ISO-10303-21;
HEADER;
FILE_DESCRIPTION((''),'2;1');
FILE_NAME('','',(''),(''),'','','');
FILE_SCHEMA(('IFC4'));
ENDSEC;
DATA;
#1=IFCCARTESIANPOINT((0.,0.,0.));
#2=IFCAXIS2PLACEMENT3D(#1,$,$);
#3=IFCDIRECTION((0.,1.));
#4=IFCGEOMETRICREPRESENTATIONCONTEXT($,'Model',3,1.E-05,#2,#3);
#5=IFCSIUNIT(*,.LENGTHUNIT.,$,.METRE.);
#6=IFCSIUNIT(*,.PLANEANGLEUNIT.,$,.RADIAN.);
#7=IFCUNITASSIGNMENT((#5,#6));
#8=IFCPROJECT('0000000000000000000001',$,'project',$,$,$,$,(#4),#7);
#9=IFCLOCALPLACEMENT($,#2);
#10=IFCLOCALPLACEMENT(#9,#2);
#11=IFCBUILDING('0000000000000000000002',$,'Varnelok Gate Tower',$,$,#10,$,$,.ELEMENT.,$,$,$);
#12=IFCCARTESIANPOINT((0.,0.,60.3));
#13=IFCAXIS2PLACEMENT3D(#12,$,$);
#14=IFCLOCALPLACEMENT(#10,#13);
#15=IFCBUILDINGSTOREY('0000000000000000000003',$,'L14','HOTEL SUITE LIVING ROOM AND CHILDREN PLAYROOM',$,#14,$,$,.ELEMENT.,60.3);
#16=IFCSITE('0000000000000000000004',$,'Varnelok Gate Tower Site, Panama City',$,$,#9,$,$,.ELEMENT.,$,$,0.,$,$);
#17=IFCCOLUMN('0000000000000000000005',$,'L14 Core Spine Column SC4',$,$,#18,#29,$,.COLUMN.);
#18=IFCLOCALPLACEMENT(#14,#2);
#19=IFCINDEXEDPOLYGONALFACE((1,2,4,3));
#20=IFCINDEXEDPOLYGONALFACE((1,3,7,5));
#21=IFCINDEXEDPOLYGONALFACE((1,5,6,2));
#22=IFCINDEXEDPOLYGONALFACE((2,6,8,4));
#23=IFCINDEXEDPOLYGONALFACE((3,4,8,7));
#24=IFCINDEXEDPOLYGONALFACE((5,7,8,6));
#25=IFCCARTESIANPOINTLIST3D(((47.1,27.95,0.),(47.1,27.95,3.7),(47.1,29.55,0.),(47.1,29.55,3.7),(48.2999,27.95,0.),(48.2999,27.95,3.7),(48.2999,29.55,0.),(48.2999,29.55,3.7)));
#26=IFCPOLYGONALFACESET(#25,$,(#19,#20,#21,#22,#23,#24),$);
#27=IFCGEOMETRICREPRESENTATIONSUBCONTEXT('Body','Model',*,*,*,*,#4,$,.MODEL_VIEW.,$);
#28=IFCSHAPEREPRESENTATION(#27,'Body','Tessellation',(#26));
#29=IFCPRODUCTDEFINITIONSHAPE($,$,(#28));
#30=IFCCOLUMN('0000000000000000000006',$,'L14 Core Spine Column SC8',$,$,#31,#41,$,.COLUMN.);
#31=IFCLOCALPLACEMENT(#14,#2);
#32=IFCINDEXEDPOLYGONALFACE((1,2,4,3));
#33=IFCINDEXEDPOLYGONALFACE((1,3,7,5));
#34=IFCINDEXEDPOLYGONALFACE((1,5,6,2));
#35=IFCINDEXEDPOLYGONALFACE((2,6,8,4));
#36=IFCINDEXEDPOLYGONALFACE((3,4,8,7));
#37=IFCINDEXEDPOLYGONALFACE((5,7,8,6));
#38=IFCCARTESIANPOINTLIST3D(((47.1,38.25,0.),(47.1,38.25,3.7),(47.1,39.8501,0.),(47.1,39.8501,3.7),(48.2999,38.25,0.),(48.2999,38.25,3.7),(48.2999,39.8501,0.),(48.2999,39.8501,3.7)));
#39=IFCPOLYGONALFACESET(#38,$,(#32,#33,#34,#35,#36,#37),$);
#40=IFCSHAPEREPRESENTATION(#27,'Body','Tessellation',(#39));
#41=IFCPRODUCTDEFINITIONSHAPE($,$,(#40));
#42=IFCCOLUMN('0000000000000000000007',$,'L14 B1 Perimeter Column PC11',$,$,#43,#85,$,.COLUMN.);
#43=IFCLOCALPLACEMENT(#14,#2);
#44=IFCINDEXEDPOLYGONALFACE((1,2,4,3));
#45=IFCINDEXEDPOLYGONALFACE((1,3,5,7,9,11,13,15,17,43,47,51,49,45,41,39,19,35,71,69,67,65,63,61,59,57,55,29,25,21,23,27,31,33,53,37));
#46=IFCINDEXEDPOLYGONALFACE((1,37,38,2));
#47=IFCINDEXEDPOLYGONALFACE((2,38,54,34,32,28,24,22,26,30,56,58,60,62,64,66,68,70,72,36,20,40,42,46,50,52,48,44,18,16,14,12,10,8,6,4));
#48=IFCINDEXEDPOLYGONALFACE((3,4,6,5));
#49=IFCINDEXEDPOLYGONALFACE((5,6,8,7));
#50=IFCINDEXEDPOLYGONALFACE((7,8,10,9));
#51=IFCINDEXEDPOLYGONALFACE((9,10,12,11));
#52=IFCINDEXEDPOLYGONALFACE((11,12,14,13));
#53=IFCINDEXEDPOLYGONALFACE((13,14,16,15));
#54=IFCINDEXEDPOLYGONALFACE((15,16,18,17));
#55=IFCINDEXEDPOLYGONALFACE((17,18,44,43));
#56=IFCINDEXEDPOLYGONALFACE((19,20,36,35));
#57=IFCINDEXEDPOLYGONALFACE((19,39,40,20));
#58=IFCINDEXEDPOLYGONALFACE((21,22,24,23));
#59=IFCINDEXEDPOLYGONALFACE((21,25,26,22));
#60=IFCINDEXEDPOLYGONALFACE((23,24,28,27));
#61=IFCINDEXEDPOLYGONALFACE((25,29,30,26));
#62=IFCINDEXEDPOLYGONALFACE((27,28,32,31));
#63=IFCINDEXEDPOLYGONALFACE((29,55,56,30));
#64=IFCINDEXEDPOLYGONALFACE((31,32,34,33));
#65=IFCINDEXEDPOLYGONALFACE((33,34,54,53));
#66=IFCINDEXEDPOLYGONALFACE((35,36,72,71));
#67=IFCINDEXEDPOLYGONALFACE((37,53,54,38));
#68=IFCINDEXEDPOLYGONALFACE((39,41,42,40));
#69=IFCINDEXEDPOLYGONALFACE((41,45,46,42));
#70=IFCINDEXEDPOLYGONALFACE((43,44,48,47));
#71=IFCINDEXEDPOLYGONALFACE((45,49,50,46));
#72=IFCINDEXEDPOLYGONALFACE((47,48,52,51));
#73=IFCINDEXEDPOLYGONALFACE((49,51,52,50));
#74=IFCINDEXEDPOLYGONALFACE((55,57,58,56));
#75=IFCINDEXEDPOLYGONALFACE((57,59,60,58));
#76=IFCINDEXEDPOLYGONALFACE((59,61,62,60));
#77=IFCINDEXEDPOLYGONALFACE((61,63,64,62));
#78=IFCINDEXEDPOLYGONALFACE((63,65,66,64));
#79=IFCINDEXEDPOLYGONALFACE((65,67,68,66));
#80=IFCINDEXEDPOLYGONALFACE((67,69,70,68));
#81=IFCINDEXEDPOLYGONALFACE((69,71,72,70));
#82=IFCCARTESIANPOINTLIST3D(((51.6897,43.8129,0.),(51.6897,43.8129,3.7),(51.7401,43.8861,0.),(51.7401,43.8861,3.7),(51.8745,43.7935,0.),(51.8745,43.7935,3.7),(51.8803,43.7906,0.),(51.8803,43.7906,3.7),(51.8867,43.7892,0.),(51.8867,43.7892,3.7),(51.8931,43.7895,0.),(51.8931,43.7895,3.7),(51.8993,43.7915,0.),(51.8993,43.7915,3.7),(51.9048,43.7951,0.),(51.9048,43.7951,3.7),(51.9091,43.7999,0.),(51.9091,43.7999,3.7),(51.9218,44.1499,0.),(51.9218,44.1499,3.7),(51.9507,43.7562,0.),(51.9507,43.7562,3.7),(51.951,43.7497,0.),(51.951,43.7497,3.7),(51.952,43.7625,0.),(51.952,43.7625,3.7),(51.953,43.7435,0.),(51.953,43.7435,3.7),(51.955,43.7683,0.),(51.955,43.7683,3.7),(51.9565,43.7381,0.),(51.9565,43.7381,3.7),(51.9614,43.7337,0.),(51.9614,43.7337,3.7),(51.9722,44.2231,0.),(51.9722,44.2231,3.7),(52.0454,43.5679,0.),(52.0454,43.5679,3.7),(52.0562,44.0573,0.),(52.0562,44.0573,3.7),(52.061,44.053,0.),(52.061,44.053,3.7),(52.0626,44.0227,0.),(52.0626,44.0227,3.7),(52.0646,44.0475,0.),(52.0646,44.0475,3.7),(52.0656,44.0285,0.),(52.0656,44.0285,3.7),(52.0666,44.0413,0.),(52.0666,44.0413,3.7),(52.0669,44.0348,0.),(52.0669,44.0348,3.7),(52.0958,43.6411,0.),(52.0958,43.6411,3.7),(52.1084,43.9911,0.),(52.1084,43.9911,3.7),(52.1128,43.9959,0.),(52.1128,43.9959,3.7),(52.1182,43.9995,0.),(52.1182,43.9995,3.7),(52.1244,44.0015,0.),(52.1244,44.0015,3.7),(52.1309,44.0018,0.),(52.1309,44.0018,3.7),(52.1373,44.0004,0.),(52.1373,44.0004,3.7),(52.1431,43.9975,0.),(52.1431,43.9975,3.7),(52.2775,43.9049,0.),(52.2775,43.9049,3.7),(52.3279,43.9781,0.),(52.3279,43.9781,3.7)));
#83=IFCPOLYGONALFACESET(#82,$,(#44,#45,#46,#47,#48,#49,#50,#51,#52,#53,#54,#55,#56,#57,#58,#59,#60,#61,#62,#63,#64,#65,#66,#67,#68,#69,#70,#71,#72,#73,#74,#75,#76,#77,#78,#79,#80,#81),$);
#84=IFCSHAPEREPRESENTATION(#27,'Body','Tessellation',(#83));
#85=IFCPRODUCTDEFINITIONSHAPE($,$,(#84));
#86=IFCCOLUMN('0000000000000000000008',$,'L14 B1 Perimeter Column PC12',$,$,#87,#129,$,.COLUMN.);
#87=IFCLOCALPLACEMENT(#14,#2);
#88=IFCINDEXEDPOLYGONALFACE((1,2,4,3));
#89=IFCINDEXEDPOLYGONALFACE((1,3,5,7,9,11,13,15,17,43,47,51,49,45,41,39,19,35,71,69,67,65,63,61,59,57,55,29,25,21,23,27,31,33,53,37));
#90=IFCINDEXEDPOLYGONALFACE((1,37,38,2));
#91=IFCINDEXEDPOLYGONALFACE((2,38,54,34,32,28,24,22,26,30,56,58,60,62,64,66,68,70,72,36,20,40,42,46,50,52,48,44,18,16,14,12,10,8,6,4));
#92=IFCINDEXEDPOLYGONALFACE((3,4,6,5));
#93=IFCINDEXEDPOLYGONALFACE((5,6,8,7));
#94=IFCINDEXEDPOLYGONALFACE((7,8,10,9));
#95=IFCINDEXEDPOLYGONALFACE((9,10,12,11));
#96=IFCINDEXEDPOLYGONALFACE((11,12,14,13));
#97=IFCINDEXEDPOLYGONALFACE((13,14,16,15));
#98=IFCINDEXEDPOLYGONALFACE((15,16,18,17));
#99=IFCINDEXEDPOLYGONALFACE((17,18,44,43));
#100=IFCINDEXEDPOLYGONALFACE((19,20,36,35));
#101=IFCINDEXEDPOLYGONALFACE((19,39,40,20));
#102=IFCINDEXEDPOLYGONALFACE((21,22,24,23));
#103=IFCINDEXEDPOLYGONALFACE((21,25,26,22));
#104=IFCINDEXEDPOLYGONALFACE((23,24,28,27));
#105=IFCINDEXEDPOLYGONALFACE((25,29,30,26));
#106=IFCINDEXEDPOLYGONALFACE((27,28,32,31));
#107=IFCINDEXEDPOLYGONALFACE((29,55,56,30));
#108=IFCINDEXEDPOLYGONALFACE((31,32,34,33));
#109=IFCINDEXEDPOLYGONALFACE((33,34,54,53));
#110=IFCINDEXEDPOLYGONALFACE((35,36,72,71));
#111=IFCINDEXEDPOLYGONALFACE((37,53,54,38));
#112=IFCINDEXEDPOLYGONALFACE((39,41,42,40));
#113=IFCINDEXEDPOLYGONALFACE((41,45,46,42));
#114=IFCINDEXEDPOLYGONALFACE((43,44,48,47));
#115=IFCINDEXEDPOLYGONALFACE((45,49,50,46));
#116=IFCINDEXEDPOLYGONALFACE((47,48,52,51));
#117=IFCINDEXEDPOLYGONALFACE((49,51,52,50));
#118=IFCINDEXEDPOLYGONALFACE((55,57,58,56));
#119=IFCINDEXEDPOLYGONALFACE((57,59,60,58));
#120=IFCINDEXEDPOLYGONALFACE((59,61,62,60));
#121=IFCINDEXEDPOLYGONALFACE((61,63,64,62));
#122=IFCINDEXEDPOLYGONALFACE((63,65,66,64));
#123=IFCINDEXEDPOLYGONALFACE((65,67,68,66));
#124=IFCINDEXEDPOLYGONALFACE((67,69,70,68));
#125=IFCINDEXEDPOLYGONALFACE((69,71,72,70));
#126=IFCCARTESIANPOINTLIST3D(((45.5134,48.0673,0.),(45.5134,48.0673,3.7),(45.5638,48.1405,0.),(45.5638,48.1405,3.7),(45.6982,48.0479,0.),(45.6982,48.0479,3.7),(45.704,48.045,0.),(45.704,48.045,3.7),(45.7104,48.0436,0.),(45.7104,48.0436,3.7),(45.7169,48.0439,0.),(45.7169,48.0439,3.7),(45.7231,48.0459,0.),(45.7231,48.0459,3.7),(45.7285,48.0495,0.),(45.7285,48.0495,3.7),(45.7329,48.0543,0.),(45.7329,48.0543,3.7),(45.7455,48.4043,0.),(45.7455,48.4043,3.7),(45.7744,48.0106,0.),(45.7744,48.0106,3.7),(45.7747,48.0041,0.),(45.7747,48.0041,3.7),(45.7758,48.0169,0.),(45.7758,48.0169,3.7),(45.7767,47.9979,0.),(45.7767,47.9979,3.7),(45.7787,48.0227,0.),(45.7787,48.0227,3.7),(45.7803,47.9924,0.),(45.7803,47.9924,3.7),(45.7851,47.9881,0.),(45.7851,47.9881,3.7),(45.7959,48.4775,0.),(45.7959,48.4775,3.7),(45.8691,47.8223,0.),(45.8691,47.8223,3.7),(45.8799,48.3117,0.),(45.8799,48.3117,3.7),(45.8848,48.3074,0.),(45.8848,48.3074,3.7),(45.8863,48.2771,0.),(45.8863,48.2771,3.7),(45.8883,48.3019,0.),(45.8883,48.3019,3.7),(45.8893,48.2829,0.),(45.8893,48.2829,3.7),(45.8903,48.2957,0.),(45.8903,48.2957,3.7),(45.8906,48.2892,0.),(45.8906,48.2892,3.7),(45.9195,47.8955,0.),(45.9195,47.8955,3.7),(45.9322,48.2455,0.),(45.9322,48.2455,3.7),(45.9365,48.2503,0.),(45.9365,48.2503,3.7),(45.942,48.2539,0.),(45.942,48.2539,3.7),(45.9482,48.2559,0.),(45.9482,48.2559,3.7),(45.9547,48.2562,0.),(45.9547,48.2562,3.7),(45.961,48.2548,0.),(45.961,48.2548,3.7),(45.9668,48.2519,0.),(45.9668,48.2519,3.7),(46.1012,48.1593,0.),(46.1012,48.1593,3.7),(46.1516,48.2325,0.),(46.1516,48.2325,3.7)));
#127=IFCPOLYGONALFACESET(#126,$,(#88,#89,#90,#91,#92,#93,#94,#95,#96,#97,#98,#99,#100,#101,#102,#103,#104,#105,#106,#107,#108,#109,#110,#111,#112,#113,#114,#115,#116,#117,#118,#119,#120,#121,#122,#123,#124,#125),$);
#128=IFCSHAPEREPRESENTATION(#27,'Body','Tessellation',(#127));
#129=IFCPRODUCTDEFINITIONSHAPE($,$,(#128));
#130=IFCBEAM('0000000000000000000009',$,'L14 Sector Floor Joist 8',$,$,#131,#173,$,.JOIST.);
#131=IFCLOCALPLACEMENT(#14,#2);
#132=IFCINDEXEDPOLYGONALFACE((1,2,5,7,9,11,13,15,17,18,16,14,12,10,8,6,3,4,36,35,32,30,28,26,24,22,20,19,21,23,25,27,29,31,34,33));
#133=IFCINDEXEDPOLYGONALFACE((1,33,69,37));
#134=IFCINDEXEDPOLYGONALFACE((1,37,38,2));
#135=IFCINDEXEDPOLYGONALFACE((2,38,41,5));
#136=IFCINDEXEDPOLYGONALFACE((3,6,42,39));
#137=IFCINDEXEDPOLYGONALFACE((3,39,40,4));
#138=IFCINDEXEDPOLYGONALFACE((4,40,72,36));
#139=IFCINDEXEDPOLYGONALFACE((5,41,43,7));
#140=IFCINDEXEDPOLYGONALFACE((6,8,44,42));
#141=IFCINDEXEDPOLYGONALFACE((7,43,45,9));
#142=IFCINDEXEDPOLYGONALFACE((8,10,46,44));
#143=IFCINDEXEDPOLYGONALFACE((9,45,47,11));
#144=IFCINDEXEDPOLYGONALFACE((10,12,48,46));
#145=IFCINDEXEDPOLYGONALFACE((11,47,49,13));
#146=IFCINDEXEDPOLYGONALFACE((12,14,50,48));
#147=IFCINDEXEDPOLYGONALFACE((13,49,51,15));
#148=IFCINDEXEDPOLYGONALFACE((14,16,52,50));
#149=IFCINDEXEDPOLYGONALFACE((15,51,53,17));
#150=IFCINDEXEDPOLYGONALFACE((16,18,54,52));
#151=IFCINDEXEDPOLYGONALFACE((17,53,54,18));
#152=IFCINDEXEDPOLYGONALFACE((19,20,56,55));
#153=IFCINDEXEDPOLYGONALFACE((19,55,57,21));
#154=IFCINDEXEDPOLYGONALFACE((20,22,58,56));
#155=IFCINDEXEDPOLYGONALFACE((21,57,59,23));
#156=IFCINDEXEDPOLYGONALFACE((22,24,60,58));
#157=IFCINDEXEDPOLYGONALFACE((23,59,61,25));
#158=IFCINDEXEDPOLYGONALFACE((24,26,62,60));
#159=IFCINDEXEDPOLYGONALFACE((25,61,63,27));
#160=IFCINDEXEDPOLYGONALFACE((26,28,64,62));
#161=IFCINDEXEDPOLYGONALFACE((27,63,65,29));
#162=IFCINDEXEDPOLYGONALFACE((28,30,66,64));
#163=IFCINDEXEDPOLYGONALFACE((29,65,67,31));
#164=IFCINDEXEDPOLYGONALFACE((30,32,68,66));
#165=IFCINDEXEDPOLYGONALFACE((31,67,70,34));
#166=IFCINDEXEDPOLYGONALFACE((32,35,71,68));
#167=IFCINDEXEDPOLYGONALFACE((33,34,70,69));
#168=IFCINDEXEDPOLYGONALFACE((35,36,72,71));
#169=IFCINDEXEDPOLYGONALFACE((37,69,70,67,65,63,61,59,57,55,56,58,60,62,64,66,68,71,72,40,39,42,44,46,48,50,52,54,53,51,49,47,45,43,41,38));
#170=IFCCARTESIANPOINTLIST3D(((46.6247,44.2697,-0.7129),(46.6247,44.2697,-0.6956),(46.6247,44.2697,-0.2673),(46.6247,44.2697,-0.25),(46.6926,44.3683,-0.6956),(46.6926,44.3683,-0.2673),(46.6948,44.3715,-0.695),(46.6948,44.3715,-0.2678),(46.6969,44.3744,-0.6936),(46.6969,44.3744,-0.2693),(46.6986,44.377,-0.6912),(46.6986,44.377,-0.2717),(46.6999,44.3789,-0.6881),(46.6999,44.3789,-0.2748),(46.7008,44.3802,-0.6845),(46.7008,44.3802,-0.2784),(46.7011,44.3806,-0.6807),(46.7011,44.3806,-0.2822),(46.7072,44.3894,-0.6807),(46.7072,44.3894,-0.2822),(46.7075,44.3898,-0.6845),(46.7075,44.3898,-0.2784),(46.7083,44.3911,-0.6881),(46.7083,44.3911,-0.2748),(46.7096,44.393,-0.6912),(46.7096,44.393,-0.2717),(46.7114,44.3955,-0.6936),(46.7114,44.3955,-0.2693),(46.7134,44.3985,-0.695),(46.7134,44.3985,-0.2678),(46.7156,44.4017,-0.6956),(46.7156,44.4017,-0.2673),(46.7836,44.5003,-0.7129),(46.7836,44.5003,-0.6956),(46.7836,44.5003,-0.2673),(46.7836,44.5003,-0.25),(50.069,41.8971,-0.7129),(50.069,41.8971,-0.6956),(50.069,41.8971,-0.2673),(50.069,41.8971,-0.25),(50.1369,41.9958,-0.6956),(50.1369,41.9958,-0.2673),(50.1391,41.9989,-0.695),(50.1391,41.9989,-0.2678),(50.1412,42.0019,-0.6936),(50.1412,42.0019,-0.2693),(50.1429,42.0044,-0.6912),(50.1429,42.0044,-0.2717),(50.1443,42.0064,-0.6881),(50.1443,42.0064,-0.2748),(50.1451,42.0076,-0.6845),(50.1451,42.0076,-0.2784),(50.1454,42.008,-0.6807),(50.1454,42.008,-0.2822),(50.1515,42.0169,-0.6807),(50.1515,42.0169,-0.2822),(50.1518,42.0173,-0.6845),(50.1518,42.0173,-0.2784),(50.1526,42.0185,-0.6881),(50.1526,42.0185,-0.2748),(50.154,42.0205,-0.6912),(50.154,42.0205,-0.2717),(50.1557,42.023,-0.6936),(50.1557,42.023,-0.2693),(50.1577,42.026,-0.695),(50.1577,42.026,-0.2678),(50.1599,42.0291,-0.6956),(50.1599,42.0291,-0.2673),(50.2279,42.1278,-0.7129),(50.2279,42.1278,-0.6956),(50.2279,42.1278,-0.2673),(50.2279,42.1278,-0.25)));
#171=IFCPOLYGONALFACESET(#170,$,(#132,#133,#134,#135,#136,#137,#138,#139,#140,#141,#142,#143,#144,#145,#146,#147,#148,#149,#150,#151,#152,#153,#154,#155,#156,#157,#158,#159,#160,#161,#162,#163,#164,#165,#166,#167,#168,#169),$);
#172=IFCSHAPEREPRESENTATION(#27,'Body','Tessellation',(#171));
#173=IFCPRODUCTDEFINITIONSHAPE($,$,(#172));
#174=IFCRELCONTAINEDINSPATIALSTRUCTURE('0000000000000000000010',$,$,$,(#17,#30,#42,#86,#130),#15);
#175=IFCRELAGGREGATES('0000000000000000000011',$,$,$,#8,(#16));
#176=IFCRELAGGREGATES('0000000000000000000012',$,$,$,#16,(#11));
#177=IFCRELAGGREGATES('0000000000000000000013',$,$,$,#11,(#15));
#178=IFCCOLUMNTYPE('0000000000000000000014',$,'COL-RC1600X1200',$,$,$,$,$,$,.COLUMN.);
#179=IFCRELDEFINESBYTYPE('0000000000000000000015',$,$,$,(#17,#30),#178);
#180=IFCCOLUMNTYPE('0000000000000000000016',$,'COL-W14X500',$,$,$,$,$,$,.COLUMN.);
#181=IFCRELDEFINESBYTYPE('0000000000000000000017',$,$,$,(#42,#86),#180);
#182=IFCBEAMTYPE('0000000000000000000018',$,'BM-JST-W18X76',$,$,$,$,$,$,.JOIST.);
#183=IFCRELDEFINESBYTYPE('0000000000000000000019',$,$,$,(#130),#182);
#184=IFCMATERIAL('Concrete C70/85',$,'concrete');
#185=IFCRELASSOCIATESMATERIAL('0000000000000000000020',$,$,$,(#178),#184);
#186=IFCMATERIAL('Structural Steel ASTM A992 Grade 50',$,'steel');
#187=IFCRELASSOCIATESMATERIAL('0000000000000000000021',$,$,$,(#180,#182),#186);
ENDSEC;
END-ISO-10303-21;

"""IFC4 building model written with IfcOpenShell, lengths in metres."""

from ifc_helpers import new_model, si_unit, direction, frame, origin, origin_2d, place, context, subcontext, project, spatial, rectangle, i_section, extrude, material, material_profile, profile_set, type_object, element, save


model = new_model("IFC4")

# Units and contexts
model_context = context("Model", 3, precision=1e-05, world=origin(), true_north=direction((0.0, 1.0)))
body_context = subcontext(model_context, "Body", "Model", "MODEL_VIEW")
ifc_project = project(units=[si_unit("LENGTHUNIT", "METRE"), si_unit("PLANEANGLEUNIT", "RADIAN")], contexts=[model_context])

# Site, building, storey
site_placement = place(None, origin())
site = spatial("IfcSite", under=ifc_project, at=site_placement, Name="Varnelok Gate Tower Site, Panama City", CompositionType="ELEMENT", RefElevation=0.0)
building_placement = place(site_placement, origin())
building = spatial("IfcBuilding", under=site, at=building_placement, Name="Varnelok Gate Tower", CompositionType="ELEMENT")
storey_placement = place(building_placement, frame((0.0, 0.0, 60.3)))
storey = spatial("IfcBuildingStorey", under=building, at=storey_placement, Name="L14", Description="HOTEL SUITE LIVING ROOM AND CHILDREN PLAYROOM", CompositionType="ELEMENT", Elevation=60.3)

# Columns
ifc_material_1 = material(Name="Concrete C70/85", Category="concrete")
ifc_material_profile_1 = material_profile(ifc_material_1, rectangle(XDim=1.2, YDim=1.6001, at=origin_2d()), Name="RC1600X1200")
ifc_profile_set_1 = profile_set([ifc_material_profile_1], Name="Concrete C70/85")
column_type_1 = type_object("IfcColumnType", Name="COL-RC1600X1200", PredefinedType="COLUMN", material=ifc_profile_set_1)
for number, where, z_axis, x_axis, name in (
    (1, (47.7, 28.75, 0.0), (0.0, 0.0, 1.0), (1.0, 0.0, 0.0), "L14 Core Spine Column SC4"),
    (2, (47.7, 39.05, 0.0), (0.0, 0.0, 1.0), (1.0, 0.0, 0.0), "L14 Core Spine Column SC8"),
):
    element("IfcColumn", number, at=place(storey_placement, frame(where, z_axis=z_axis, x_axis=x_axis)), inside=storey, type_object=column_type_1, Name=name, PredefinedType="COLUMN", context=body_context, shape_type="SweptSolid", body=[
        extrude(rectangle(XDim=1.2, YDim=1.6001, at=origin_2d()), origin(), (0.0, 0.0, 1.0), 3.7),
    ])
ifc_material_2 = material(Name="Structural Steel ASTM A992 Grade 50", Category="steel")
ifc_material_profile_2 = material_profile(ifc_material_2, i_section(OverallWidth=0.4319, OverallDepth=0.498, WebThickness=0.0557, FlangeThickness=0.0889, FilletRadius=0.0249, at=origin_2d()), Name="W14X500")
ifc_profile_set_2 = profile_set([ifc_material_profile_2], Name="Structural Steel ASTM A992 Grade 50")
column_type_2 = type_object("IfcColumnType", Name="COL-W14X500", PredefinedType="COLUMN", material=ifc_profile_set_2)
for number, where, z_axis, x_axis, name in (
    (3, (52.0088, 43.8955, 0.0), (0.0, 0.0, 1.0), (0.823533, -0.567269, 0.0), "L14 B1 Perimeter Column PC11"),
    (4, (45.8325, 48.1499, 0.0), (0.0, 0.0, 1.0), (0.823533, -0.567269, 0.0), "L14 B1 Perimeter Column PC12"),
):
    element("IfcColumn", number, at=place(storey_placement, frame(where, z_axis=z_axis, x_axis=x_axis)), inside=storey, type_object=column_type_2, Name=name, PredefinedType="COLUMN", context=body_context, shape_type="SweptSolid", body=[
        extrude(i_section(OverallWidth=0.4319, OverallDepth=0.498, WebThickness=0.0557, FlangeThickness=0.0889, FilletRadius=0.0249, at=origin_2d()), origin(), (0.0, 0.0, 1.0), 3.7),
    ])

# Beam
ifc_material_profile_3 = material_profile(ifc_material_2, i_section(OverallWidth=0.28, OverallDepth=0.4629, WebThickness=0.0107, FlangeThickness=0.0173, FilletRadius=0.0149, at=origin_2d()), Name="W18X76")
ifc_profile_set_3 = profile_set([ifc_material_profile_3], Name="Structural Steel ASTM A992 Grade 50")
beam_type_1 = type_object("IfcBeamType", Name="BM-JST-W18X76", PredefinedType="JOIST", material=ifc_profile_set_3)
beam_1_placement = place(storey_placement, frame((50.1484, 42.0125, -0.4814), z_axis=(-0.823531, 0.567272, 0.0), x_axis=(-0.567272, -0.823531, 0.0)))
element("IfcBeam", 5, at=beam_1_placement, inside=storey, type_object=beam_type_1, Name="L14 Sector Floor Joist 8", PredefinedType="JOIST", context=body_context, shape_type="SweptSolid", body=[
    extrude(i_section(OverallWidth=0.28, OverallDepth=0.4629, WebThickness=0.0107, FlangeThickness=0.0173, FilletRadius=0.0149, at=origin_2d()), origin(), (0.0, 0.0, 1.0), 4.1824),
])

save(model, "model.ifc")
